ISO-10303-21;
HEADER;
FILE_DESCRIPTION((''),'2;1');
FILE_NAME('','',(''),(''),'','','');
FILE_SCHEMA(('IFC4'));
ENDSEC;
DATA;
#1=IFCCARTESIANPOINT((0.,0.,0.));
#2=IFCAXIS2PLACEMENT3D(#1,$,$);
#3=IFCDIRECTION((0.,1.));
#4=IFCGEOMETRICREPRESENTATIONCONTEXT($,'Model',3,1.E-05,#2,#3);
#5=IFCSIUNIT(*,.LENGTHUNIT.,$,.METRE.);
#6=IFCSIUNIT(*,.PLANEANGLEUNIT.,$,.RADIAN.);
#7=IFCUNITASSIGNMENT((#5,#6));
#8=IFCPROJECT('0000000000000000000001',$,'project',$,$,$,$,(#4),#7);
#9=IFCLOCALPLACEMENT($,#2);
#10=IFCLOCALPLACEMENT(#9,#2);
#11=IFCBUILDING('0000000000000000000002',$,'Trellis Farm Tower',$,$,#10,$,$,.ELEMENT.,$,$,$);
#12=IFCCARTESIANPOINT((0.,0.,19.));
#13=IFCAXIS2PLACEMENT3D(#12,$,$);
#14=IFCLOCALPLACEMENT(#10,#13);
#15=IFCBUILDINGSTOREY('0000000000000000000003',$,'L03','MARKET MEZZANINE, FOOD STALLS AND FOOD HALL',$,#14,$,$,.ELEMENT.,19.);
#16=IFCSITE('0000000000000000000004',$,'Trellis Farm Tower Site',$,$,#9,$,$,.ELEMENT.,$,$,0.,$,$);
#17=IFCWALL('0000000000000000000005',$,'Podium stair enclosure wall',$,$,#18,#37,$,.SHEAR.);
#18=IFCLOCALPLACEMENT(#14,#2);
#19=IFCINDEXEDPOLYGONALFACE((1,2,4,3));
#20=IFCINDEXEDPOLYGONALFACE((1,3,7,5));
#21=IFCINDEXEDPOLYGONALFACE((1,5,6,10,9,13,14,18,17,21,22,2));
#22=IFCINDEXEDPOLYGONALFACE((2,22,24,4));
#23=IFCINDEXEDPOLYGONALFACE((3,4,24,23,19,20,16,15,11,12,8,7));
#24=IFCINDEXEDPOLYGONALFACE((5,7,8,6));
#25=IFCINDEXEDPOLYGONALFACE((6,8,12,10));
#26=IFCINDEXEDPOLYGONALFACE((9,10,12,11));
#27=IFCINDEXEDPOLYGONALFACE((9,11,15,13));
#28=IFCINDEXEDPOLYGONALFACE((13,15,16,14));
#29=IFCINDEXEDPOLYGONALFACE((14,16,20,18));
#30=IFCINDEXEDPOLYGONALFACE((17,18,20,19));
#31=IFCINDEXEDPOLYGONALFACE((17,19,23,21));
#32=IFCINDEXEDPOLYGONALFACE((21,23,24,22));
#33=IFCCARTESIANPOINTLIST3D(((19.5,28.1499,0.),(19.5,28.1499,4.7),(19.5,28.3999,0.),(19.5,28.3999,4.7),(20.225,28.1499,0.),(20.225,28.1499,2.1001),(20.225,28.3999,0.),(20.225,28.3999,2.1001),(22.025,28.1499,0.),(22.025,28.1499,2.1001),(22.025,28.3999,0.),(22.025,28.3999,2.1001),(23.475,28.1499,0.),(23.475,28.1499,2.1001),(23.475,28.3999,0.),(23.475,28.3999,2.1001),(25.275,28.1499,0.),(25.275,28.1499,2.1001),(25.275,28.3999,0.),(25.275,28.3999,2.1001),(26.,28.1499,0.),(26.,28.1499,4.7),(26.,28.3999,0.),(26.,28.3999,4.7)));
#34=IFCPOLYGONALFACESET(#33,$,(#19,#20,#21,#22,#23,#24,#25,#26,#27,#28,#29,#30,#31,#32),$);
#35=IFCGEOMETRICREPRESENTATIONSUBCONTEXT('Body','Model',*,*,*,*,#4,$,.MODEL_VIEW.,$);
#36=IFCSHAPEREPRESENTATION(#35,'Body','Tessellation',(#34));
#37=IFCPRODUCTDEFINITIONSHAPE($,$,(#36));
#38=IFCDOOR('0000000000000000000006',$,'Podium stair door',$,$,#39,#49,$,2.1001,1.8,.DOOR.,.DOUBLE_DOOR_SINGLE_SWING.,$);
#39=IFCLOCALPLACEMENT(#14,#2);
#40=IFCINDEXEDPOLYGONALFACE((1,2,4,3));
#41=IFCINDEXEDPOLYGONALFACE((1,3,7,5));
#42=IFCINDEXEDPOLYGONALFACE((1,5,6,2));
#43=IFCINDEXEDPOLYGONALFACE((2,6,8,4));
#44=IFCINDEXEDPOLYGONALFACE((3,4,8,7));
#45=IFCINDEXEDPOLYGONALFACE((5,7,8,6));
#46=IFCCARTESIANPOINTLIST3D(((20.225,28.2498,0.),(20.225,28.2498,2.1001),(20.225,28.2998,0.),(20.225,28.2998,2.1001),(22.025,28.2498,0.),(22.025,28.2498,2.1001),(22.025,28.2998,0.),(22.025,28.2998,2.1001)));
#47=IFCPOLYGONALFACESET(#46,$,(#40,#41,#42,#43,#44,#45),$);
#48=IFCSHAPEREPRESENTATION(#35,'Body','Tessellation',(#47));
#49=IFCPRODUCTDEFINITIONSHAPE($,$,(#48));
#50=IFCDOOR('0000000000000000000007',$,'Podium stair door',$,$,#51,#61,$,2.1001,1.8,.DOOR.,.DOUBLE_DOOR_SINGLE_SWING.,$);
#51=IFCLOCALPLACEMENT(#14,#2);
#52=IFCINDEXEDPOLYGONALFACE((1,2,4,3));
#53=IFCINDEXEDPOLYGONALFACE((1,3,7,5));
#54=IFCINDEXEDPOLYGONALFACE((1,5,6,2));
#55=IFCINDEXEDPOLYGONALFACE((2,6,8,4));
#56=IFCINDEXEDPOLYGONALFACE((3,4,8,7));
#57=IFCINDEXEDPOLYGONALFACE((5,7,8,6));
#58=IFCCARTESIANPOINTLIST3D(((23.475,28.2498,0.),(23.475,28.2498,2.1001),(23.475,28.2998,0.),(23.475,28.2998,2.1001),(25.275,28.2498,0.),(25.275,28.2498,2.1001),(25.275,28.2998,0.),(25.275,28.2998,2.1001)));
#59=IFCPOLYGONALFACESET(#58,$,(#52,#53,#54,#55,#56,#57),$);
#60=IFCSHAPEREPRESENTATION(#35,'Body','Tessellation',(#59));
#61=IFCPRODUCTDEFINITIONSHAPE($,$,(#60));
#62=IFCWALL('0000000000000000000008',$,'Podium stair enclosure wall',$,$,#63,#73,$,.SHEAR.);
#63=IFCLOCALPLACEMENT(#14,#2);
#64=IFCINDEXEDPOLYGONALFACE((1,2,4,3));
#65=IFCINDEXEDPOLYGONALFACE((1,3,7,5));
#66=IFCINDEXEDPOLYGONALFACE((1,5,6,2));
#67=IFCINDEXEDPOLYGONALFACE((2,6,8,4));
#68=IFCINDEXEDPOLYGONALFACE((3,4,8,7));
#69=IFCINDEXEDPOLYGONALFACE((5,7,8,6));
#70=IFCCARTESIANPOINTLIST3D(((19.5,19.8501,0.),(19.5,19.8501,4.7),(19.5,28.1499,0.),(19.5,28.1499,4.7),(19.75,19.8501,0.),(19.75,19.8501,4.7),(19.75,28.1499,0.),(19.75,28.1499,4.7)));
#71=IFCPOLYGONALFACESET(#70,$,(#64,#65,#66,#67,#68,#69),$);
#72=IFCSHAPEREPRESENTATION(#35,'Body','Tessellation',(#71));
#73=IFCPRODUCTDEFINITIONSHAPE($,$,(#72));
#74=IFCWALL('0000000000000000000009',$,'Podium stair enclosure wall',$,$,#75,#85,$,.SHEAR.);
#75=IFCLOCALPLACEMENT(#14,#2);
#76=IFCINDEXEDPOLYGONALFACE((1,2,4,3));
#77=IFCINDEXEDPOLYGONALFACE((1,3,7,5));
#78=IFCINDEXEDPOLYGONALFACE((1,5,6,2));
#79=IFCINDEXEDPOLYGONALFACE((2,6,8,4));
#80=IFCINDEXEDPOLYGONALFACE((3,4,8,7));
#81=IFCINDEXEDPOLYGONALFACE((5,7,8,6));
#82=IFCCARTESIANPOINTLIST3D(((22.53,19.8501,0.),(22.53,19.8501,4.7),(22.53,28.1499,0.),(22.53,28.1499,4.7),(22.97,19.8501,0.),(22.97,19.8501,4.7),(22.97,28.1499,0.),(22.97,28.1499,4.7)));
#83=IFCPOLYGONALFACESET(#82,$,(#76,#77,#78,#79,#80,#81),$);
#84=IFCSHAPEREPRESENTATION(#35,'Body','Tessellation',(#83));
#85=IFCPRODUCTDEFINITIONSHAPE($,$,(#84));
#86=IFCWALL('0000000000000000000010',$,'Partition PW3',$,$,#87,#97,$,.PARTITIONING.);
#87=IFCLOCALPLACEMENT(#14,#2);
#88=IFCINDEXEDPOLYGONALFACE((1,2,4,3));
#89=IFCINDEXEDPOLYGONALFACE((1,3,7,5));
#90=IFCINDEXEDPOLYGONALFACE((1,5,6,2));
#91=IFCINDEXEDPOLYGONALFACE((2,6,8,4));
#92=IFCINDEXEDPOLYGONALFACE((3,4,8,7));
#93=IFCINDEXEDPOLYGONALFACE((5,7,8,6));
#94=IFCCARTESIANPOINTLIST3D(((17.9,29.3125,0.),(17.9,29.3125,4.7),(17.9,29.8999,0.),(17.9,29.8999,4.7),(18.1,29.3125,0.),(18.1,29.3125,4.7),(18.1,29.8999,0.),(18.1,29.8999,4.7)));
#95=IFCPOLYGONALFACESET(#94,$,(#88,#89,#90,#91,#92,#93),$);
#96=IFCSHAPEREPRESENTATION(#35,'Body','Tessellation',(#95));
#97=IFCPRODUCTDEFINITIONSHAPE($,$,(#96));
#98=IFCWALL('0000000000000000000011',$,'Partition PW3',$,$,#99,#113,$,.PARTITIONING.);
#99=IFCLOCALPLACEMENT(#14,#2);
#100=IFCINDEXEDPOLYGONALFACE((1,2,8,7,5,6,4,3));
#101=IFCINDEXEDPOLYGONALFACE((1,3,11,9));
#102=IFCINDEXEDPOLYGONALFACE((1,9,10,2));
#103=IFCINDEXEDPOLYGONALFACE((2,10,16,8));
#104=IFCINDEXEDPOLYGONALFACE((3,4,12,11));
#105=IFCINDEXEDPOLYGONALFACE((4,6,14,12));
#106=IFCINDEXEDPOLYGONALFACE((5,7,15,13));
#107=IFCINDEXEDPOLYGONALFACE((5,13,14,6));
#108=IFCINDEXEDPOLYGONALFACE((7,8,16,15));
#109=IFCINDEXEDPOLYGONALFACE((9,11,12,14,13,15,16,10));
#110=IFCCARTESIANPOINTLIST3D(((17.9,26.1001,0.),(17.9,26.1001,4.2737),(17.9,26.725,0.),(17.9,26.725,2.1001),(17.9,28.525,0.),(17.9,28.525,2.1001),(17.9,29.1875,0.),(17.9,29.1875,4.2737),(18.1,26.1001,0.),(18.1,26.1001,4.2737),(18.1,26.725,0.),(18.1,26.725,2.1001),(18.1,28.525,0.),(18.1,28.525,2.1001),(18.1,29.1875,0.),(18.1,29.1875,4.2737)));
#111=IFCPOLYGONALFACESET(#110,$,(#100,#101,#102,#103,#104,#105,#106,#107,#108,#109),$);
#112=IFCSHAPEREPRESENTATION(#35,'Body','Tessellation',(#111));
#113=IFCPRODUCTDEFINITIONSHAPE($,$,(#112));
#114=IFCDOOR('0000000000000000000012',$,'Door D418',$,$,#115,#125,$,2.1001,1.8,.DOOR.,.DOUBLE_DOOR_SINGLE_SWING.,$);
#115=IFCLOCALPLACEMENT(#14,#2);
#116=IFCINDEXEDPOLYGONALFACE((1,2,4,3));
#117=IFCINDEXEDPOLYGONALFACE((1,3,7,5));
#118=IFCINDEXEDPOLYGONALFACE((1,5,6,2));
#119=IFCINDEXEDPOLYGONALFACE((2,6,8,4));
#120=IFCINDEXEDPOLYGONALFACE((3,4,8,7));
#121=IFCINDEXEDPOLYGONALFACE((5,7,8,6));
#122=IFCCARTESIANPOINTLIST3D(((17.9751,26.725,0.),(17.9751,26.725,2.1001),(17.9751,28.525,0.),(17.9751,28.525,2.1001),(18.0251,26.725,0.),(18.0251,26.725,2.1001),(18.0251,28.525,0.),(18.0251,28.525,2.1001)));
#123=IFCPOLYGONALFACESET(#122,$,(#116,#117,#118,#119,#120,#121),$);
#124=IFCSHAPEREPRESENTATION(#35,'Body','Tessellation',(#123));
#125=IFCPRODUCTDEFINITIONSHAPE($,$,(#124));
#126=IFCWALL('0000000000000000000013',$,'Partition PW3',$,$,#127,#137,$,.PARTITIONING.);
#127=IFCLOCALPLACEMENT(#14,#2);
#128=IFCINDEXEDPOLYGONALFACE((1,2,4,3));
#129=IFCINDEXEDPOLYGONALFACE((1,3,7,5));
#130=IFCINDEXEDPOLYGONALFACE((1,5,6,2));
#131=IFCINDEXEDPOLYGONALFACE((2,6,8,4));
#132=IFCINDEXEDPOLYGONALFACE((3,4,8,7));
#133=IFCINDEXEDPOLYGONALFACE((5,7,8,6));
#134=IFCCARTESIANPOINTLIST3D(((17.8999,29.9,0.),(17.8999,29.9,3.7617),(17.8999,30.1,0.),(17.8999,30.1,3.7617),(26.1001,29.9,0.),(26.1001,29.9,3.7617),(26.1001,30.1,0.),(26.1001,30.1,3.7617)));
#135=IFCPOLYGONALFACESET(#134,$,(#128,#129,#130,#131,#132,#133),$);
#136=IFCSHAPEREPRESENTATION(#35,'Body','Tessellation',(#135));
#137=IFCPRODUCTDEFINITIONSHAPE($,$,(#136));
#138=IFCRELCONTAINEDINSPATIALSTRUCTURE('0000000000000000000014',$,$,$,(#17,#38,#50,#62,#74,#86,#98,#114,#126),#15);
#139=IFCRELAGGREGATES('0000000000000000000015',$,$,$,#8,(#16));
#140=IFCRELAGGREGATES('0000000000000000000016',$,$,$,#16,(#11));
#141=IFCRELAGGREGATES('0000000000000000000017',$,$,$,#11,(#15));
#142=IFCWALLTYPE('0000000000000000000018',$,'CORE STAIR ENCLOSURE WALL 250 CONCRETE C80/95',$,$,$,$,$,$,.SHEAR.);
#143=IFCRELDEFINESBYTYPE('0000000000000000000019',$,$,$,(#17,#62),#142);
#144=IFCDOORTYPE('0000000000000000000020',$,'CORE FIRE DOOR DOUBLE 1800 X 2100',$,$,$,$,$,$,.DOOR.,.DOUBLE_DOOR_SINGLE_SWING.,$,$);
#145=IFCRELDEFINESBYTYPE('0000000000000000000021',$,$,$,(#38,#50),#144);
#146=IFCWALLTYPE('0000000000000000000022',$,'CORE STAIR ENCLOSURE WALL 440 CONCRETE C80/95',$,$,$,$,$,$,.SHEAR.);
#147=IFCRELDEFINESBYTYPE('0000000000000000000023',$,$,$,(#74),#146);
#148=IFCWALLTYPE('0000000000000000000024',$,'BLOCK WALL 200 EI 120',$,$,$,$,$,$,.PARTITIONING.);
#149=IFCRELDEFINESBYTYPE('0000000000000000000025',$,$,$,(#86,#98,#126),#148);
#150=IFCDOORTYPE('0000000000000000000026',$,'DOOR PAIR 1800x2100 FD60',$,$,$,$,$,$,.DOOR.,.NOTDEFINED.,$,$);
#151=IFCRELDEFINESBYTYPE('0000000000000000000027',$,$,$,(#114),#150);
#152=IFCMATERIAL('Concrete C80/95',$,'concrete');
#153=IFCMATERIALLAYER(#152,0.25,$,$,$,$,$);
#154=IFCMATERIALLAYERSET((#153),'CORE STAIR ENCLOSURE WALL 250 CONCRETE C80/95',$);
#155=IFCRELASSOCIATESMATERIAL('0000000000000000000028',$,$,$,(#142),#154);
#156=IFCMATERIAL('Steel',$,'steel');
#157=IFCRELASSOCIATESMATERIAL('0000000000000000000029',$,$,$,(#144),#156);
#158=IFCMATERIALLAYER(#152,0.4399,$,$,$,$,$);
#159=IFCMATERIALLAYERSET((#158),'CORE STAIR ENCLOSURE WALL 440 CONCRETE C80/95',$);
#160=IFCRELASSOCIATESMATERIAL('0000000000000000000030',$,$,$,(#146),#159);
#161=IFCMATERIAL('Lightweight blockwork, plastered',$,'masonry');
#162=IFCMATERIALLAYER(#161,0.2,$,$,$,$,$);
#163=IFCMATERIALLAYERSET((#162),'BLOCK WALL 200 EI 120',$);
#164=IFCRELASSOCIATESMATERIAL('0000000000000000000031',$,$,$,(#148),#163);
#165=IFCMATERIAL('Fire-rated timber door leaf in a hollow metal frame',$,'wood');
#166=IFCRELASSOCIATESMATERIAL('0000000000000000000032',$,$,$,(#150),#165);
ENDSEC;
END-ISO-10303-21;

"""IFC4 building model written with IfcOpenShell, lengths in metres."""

from ifc_helpers import new_model, si_unit, direction, frame, frame_2d, origin, place, context, subcontext, project, spatial, rectangle, extrude, source, transform, mapped, material, layer, layer_set, type_object, element, fill, save


model = new_model("IFC4")

# Units and contexts
model_context = context("Model", 3, precision=1e-05, world=origin(), true_north=direction((0.0, 1.0)))
body_context = subcontext(model_context, "Body", "Model", "MODEL_VIEW")
ifc_project = project(units=[si_unit("LENGTHUNIT", "METRE"), si_unit("PLANEANGLEUNIT", "RADIAN")], contexts=[model_context])

# Site, building, storey
site_placement = place(None, origin())
site = spatial("IfcSite", under=ifc_project, at=site_placement, Name="Trellis Farm Tower Site", CompositionType="ELEMENT", RefElevation=0.0)
building_placement = place(site_placement, origin())
building = spatial("IfcBuilding", under=site, at=building_placement, Name="Trellis Farm Tower", CompositionType="ELEMENT")
storey_placement = place(building_placement, frame((0.0, 0.0, 19.0)))
storey = spatial("IfcBuildingStorey", under=building, at=storey_placement, Name="L03", Description="MARKET MEZZANINE, FOOD STALLS AND FOOD HALL", CompositionType="ELEMENT", Elevation=19.0)

# Wall, openings, doors
ifc_material_1 = material(Name="Concrete C80/95", Category="concrete")
ifc_layer_1 = layer(ifc_material_1, 0.25)
ifc_layer_set_1 = layer_set([ifc_layer_1], Name="CORE STAIR ENCLOSURE WALL 250 CONCRETE C80/95")
wall_type_1 = type_object("IfcWallType", Name="CORE STAIR ENCLOSURE WALL 250 CONCRETE C80/95", PredefinedType="SHEAR", material=ifc_layer_set_1)
shared_shape_1 = source(origin(), body_context, "Body", "SweptSolid", [
    extrude(rectangle(XDim=6.5, YDim=0.25, at=frame_2d((3.25, 0.0))), origin(), (0.0, 0.0, 1.0), 4.7),
])
wall_1_placement = place(storey_placement, frame((19.5, 28.2749, 0.0), z_axis=(0.0, 0.0, 1.0), x_axis=(1.0, 0.0, 0.0)))
wall_1 = element("IfcWall", 1, at=wall_1_placement, inside=storey, type_object=wall_type_1, Name="Podium stair enclosure wall", PredefinedType="SHEAR", context=body_context, shape_type="MappedRepresentation", body=[
    mapped(shared_shape_1, transform((0.0, 0.0, 0.0))),
])
shared_shape_2 = source(origin(), body_context, "Body", "SweptSolid", [
    extrude(rectangle(XDim=1.8, YDim=2.1001, at=frame_2d((0.8999, 1.05))), frame((0.0, 0.135, 0.0), z_axis=(0.0, -1.0, 0.0), x_axis=(1.0, 0.0, 0.0)), (0.0, 0.0, 1.0), 0.27),
])
opening_1_placement = place(wall_1_placement, frame((0.7251, 0.0, 0.0)))
opening_1 = element("IfcOpeningElement", 2, at=opening_1_placement, cuts=wall_1, PredefinedType="OPENING", context=body_context, shape_type="MappedRepresentation", body=[
    mapped(shared_shape_2, transform((0.0, 0.0, 0.0))),
])
opening_2_placement = place(wall_1_placement, frame((3.9751, 0.0, 0.0)))
opening_2 = element("IfcOpeningElement", 3, at=opening_2_placement, cuts=wall_1, PredefinedType="OPENING", context=body_context, shape_type="MappedRepresentation", body=[
    mapped(shared_shape_2, transform((0.0, 0.0, 0.0))),
])
ifc_material_2 = material(Name="Steel", Category="steel")
door_type_1 = type_object("IfcDoorType", Name="CORE FIRE DOOR DOUBLE 1800 X 2100", OperationType="DOUBLE_DOOR_SINGLE_SWING", PredefinedType="DOOR", material=ifc_material_2)
shared_shape_3 = source(origin(), body_context, "Body", "SweptSolid", [
    extrude(rectangle(XDim=1.8, YDim=2.1001, at=frame_2d((0.8999, 1.05))), frame((0.0, 0.0249, 0.0), z_axis=(0.0, -1.0, 0.0), x_axis=(1.0, 0.0, 0.0)), (0.0, 0.0, 1.0), 0.05),
])
door_1_placement = place(opening_1_placement, origin())
door_1 = element("IfcDoor", 4, at=door_1_placement, inside=storey, type_object=door_type_1, Name="Podium stair door", OperationType="DOUBLE_DOOR_SINGLE_SWING", OverallHeight=2.1001, OverallWidth=1.8, PredefinedType="DOOR", context=body_context, shape_type="MappedRepresentation", body=[
    mapped(shared_shape_3, transform((0.0, 0.0, 0.0))),
])
fill(opening_1, door_1)
door_2_placement = place(opening_2_placement, origin())
door_2 = element("IfcDoor", 5, at=door_2_placement, inside=storey, type_object=door_type_1, Name="Podium stair door", OperationType="DOUBLE_DOOR_SINGLE_SWING", OverallHeight=2.1001, OverallWidth=1.8, PredefinedType="DOOR", context=body_context, shape_type="MappedRepresentation", body=[
    mapped(shared_shape_3, transform((0.0, 0.0, 0.0))),
])
fill(opening_2, door_2)

# Walls
shared_shape_4 = source(origin(), body_context, "Body", "SweptSolid", [
    extrude(rectangle(XDim=8.2998, YDim=0.25, at=frame_2d((4.1499, 0.0))), origin(), (0.0, 0.0, 1.0), 4.7),
])
wall_2_placement = place(storey_placement, frame((19.625, 19.8501, 0.0), z_axis=(0.0, 0.0, 1.0), x_axis=(0.0, 1.0, 0.0)))
element("IfcWall", 6, at=wall_2_placement, inside=storey, type_object=wall_type_1, Name="Podium stair enclosure wall", PredefinedType="SHEAR", context=body_context, shape_type="MappedRepresentation", body=[
    mapped(shared_shape_4, transform((0.0, 0.0, 0.0))),
])
ifc_layer_2 = layer(ifc_material_1, 0.4399)
ifc_layer_set_2 = layer_set([ifc_layer_2], Name="CORE STAIR ENCLOSURE WALL 440 CONCRETE C80/95")
wall_type_2 = type_object("IfcWallType", Name="CORE STAIR ENCLOSURE WALL 440 CONCRETE C80/95", PredefinedType="SHEAR", material=ifc_layer_set_2)
shared_shape_5 = source(origin(), body_context, "Body", "SweptSolid", [
    extrude(rectangle(XDim=8.2998, YDim=0.4399, at=frame_2d((4.1499, 0.0))), origin(), (0.0, 0.0, 1.0), 4.7),
])
wall_3_placement = place(storey_placement, frame((22.75, 19.8501, 0.0), z_axis=(0.0, 0.0, 1.0), x_axis=(0.0, 1.0, 0.0)))
element("IfcWall", 7, at=wall_3_placement, inside=storey, type_object=wall_type_2, Name="Podium stair enclosure wall", PredefinedType="SHEAR", context=body_context, shape_type="MappedRepresentation", body=[
    mapped(shared_shape_5, transform((0.0, 0.0, 0.0))),
])
ifc_material_3 = material(Name="Lightweight blockwork, plastered", Category="masonry")
ifc_layer_3 = layer(ifc_material_3, 0.2)
ifc_layer_set_3 = layer_set([ifc_layer_3], Name="BLOCK WALL 200 EI 120")
wall_type_3 = type_object("IfcWallType", Name="BLOCK WALL 200 EI 120", PredefinedType="PARTITIONING", material=ifc_layer_set_3)
shared_shape_6 = source(origin(), body_context, "Body", "SweptSolid", [
    extrude(rectangle(XDim=0.5874, YDim=0.2, at=frame_2d((0.2937, 0.0))), origin(), (0.0, 0.0, 1.0), 4.7),
])
wall_4_placement = place(storey_placement, frame((18.0, 29.8999, 0.0), z_axis=(0.0, 0.0, 1.0), x_axis=(0.0, -1.0, 0.0)))
element("IfcWall", 8, at=wall_4_placement, inside=storey, type_object=wall_type_3, Name="Partition PW3", PredefinedType="PARTITIONING", context=body_context, shape_type="MappedRepresentation", body=[
    mapped(shared_shape_6, transform((0.0, 0.0, 0.0))),
])

# Wall, opening, door
shared_shape_7 = source(origin(), body_context, "Body", "SweptSolid", [
    extrude(rectangle(XDim=3.0874, YDim=0.2, at=frame_2d((1.5437, 0.0))), origin(), (0.0, 0.0, 1.0), 4.2737),
])
wall_5_placement = place(storey_placement, frame((18.0, 26.1001, 0.0), z_axis=(0.0, 0.0, 1.0), x_axis=(0.0, 1.0, 0.0)))
wall_5 = element("IfcWall", 9, at=wall_5_placement, inside=storey, type_object=wall_type_3, Name="Partition PW3", PredefinedType="PARTITIONING", context=body_context, shape_type="MappedRepresentation", body=[
    mapped(shared_shape_7, transform((0.0, 0.0, 0.0))),
])
shared_shape_8 = source(origin(), body_context, "Body", "SweptSolid", [
    extrude(rectangle(XDim=1.8, YDim=2.1001, at=frame_2d((0.8999, 1.05))), frame((0.0, 0.1101, 0.0), z_axis=(0.0, -1.0, 0.0), x_axis=(1.0, 0.0, 0.0)), (0.0, 0.0, 1.0), 0.2202),
])
opening_3_placement = place(wall_5_placement, frame((0.625, 0.0, 0.0)))
opening_3 = element("IfcOpeningElement", 10, at=opening_3_placement, cuts=wall_5, PredefinedType="OPENING", context=body_context, shape_type="MappedRepresentation", body=[
    mapped(shared_shape_8, transform((0.0, 0.0, 0.0))),
])
ifc_material_4 = material(Name="Fire-rated timber door leaf in a hollow metal frame", Category="wood")
door_type_2 = type_object("IfcDoorType", Name="DOOR PAIR 1800x2100 FD60", OperationType="NOTDEFINED", PredefinedType="DOOR", material=ifc_material_4)
door_3_placement = place(opening_3_placement, origin())
door_3 = element("IfcDoor", 11, at=door_3_placement, inside=storey, type_object=door_type_2, Name="Door D418", OperationType="DOUBLE_DOOR_SINGLE_SWING", OverallHeight=2.1001, OverallWidth=1.8, PredefinedType="DOOR", context=body_context, shape_type="MappedRepresentation", body=[
    mapped(shared_shape_3, transform((0.0, 0.0, 0.0))),
])
fill(opening_3, door_3)

# Wall
shared_shape_9 = source(origin(), body_context, "Body", "SweptSolid", [
    extrude(rectangle(XDim=8.2002, YDim=0.2, at=frame_2d((4.1001, 0.0))), origin(), (0.0, 0.0, 1.0), 3.7617),
])
wall_6_placement = place(storey_placement, frame((17.8999, 30.0, 0.0), z_axis=(0.0, 0.0, 1.0), x_axis=(1.0, 0.0, 0.0)))
element("IfcWall", 12, at=wall_6_placement, inside=storey, type_object=wall_type_3, Name="Partition PW3", PredefinedType="PARTITIONING", context=body_context, shape_type="MappedRepresentation", body=[
    mapped(shared_shape_9, transform((0.0, 0.0, 0.0))),
])

save(model, "model.ifc")
